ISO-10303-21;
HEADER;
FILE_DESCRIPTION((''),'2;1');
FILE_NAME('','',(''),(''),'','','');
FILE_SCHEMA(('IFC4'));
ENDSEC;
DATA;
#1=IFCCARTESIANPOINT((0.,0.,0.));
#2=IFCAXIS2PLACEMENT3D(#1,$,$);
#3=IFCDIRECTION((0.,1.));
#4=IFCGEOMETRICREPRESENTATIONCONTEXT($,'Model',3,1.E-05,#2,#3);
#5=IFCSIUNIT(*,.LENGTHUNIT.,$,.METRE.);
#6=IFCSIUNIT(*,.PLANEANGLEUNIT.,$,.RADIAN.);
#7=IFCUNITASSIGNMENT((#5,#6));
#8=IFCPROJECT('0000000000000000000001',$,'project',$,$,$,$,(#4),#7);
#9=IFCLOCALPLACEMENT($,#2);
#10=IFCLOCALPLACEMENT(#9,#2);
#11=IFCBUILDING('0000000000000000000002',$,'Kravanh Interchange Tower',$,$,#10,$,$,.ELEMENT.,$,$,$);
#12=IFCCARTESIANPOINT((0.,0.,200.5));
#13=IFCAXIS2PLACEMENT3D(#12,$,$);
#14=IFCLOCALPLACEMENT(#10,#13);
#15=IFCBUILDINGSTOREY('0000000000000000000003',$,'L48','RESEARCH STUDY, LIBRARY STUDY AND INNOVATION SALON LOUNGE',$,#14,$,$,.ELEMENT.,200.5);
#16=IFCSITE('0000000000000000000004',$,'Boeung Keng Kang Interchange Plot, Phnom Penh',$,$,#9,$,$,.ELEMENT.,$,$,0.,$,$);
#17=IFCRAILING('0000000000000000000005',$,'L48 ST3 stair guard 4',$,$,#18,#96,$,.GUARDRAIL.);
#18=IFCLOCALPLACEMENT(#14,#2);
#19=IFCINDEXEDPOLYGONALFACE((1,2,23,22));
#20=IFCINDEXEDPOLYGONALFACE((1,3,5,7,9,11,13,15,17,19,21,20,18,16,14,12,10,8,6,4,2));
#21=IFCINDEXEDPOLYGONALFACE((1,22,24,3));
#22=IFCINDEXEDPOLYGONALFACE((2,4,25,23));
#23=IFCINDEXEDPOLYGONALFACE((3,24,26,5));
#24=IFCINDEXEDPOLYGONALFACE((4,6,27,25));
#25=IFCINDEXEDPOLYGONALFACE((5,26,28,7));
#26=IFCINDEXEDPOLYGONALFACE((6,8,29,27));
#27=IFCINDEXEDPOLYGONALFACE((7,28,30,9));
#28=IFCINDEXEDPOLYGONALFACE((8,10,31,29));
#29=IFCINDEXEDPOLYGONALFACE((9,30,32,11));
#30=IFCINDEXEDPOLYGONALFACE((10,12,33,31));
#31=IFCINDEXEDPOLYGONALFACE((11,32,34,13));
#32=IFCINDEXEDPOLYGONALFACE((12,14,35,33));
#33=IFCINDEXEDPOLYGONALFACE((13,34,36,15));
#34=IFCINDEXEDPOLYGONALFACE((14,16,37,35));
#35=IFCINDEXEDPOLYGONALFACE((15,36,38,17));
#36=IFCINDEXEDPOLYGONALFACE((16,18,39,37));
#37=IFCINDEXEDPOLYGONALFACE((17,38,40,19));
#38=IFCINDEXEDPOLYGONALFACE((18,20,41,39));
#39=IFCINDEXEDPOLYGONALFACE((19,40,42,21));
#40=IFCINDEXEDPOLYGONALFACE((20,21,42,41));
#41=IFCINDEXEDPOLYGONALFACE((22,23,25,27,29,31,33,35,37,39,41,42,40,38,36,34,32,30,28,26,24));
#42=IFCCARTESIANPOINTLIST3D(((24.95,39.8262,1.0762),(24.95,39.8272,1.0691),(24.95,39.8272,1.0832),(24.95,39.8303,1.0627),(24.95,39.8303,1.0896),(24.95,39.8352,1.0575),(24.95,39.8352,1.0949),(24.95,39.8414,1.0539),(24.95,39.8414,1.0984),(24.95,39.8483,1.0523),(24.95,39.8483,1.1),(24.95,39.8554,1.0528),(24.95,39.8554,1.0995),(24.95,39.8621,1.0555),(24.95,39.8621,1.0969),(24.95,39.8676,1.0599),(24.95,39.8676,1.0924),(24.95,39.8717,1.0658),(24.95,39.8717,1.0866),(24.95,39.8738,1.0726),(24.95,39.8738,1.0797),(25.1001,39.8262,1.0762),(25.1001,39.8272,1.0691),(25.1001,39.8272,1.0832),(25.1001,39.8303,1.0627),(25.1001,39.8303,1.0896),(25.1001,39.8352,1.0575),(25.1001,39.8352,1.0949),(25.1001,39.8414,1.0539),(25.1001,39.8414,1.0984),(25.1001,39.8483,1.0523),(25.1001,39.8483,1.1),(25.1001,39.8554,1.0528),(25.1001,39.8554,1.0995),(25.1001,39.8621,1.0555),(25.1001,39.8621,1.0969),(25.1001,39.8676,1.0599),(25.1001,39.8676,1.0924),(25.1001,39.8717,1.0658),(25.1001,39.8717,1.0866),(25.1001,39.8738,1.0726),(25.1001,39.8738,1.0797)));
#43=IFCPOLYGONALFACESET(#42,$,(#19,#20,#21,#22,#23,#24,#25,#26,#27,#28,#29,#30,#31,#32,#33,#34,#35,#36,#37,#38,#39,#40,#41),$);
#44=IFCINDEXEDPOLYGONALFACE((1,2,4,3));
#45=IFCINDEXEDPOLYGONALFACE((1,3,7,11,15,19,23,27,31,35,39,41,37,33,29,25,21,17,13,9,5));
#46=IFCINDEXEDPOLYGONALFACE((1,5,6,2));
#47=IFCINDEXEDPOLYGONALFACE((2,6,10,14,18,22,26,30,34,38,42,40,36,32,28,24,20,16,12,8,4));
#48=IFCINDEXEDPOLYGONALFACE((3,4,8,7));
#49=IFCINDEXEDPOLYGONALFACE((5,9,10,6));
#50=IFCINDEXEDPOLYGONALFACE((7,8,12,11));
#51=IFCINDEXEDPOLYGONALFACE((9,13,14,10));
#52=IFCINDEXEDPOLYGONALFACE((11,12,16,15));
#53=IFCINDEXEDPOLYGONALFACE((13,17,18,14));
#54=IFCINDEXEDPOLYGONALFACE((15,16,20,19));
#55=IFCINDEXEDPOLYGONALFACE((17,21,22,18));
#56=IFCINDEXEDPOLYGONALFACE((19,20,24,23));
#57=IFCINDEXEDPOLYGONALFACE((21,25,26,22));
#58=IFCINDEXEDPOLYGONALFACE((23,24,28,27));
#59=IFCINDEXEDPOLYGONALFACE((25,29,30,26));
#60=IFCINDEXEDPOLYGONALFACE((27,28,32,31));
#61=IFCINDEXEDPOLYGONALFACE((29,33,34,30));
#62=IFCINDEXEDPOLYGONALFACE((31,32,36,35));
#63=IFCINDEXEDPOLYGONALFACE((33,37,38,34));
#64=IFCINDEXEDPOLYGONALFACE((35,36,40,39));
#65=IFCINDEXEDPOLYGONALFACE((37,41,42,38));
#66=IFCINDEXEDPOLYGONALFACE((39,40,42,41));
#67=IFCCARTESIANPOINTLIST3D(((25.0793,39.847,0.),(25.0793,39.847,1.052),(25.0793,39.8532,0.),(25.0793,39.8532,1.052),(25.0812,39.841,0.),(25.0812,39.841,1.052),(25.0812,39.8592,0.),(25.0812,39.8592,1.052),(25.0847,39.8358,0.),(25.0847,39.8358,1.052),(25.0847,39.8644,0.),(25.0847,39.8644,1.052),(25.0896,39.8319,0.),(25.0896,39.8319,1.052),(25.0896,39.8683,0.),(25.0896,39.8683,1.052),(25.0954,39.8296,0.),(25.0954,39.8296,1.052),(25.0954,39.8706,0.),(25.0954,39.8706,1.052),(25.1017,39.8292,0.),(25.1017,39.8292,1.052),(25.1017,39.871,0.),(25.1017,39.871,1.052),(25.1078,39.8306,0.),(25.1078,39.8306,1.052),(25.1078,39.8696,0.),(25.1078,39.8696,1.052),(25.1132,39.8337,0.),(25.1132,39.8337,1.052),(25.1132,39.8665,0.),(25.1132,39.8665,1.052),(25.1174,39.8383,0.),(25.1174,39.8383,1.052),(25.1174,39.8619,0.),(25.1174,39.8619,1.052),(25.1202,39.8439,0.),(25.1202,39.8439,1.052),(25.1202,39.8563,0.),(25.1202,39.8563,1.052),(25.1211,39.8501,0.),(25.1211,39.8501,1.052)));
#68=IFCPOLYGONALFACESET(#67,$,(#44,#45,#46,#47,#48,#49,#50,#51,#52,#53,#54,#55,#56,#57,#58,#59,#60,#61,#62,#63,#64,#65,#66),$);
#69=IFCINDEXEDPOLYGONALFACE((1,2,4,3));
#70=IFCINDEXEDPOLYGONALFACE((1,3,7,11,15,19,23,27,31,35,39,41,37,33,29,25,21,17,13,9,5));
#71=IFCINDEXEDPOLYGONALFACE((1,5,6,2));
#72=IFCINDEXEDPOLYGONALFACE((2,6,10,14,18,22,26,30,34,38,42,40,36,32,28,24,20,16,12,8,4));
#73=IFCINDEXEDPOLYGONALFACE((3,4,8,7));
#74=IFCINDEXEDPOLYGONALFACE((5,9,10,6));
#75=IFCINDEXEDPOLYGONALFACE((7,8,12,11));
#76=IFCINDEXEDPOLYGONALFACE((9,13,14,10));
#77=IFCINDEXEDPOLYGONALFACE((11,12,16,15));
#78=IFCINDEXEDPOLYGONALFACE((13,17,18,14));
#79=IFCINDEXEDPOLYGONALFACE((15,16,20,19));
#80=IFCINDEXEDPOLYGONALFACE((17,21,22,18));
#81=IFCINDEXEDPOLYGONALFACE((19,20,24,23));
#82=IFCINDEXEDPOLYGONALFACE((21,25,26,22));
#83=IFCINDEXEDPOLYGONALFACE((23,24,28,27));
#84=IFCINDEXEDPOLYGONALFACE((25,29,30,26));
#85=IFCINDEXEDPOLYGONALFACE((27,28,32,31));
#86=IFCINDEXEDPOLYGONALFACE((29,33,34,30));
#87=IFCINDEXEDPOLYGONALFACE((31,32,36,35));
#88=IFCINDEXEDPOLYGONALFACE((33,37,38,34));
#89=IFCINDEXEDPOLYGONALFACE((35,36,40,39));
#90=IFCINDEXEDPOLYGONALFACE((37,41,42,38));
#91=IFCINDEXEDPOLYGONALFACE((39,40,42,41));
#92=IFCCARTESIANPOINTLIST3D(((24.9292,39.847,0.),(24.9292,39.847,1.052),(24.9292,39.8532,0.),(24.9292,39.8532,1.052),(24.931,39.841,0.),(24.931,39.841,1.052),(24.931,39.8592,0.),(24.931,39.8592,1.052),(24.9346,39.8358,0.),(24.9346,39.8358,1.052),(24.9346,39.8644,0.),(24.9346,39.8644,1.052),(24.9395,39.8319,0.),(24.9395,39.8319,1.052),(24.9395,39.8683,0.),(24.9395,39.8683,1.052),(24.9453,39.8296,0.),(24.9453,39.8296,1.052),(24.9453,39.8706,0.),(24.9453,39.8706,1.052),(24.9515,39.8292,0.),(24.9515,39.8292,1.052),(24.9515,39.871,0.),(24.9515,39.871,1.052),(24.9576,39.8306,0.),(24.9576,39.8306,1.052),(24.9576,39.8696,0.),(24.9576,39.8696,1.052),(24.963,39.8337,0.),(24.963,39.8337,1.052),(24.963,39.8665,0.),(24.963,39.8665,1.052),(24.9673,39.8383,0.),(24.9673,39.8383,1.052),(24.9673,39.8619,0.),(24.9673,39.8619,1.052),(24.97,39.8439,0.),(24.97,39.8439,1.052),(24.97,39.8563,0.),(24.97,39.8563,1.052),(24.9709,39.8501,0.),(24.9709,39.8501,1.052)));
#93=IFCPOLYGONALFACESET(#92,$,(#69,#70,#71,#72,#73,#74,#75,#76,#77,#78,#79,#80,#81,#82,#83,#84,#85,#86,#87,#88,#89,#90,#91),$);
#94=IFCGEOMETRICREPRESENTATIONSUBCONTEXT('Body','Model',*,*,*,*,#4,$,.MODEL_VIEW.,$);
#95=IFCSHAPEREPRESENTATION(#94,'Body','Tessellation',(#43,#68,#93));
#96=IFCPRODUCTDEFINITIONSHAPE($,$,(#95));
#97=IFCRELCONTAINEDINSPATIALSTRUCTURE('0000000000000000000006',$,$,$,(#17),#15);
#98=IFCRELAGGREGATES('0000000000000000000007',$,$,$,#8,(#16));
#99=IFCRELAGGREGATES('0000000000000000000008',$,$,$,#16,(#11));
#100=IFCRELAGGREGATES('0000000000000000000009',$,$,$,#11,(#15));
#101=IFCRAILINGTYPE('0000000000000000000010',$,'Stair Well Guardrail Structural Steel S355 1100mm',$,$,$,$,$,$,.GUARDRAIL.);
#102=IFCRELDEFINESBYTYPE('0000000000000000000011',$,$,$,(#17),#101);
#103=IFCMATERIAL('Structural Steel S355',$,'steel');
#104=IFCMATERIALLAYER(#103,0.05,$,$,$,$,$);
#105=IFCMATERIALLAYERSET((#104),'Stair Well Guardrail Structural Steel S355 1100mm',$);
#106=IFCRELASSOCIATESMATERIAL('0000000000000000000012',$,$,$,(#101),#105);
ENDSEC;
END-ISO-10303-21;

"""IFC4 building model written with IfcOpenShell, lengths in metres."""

from ifc_helpers import new_model, si_unit, direction, frame, origin, origin_2d, place, context, subcontext, project, spatial, circle, extrude, material, layer, layer_set, type_object, element, save


model = new_model("IFC4")

# Units and contexts
model_context = context("Model", 3, precision=1e-05, world=origin(), true_north=direction((0.0, 1.0)))
body_context = subcontext(model_context, "Body", "Model", "MODEL_VIEW")
ifc_project = project(units=[si_unit("LENGTHUNIT", "METRE"), si_unit("PLANEANGLEUNIT", "RADIAN")], contexts=[model_context])

# Site, building, storey
site_placement = place(None, origin())
site = spatial("IfcSite", under=ifc_project, at=site_placement, Name="Boeung Keng Kang Interchange Plot, Phnom Penh", CompositionType="ELEMENT", RefElevation=0.0)
building_placement = place(site_placement, origin())
building = spatial("IfcBuilding", under=site, at=building_placement, Name="Kravanh Interchange Tower", CompositionType="ELEMENT")
storey_placement = place(building_placement, frame((0.0, 0.0, 200.5)))
storey = spatial("IfcBuildingStorey", under=building, at=storey_placement, Name="L48", Description="RESEARCH STUDY, LIBRARY STUDY AND INNOVATION SALON LOUNGE", CompositionType="ELEMENT", Elevation=200.5)

# Railing
ifc_material_1 = material(Name="Structural Steel S355", Category="steel")
ifc_layer_1 = layer(ifc_material_1, 0.05)
ifc_layer_set_1 = layer_set([ifc_layer_1], Name="Stair Well Guardrail Structural Steel S355 1100mm")
railing_type_1 = type_object("IfcRailingType", Name="Stair Well Guardrail Structural Steel S355 1100mm", PredefinedType="GUARDRAIL", material=ifc_layer_set_1)
railing_1_placement = place(storey_placement, frame((25.1001, 39.8501, 0.0)))
element("IfcRailing", 1, at=railing_1_placement, inside=storey, type_object=railing_type_1, Name="L48 ST3 stair guard 4", PredefinedType="GUARDRAIL", context=body_context, shape_type="SweptSolid", body=[
    extrude(circle(Radius=0.0239, at=origin_2d()), frame((0.0, 0.0, 1.0762), z_axis=(-1.0, 0.0, 0.0), x_axis=(0.0, -1.0, 0.0)), (0.0, 0.0, 1.0), 0.1501),
    extrude(circle(Radius=0.021, at=origin_2d()), origin(), (0.0, 0.0, 1.0), 1.052),
    extrude(circle(Radius=0.021, at=origin_2d()), frame((-0.1501, 0.0, 0.0)), (0.0, 0.0, 1.0), 1.052),
])

save(model, "model.ifc")
